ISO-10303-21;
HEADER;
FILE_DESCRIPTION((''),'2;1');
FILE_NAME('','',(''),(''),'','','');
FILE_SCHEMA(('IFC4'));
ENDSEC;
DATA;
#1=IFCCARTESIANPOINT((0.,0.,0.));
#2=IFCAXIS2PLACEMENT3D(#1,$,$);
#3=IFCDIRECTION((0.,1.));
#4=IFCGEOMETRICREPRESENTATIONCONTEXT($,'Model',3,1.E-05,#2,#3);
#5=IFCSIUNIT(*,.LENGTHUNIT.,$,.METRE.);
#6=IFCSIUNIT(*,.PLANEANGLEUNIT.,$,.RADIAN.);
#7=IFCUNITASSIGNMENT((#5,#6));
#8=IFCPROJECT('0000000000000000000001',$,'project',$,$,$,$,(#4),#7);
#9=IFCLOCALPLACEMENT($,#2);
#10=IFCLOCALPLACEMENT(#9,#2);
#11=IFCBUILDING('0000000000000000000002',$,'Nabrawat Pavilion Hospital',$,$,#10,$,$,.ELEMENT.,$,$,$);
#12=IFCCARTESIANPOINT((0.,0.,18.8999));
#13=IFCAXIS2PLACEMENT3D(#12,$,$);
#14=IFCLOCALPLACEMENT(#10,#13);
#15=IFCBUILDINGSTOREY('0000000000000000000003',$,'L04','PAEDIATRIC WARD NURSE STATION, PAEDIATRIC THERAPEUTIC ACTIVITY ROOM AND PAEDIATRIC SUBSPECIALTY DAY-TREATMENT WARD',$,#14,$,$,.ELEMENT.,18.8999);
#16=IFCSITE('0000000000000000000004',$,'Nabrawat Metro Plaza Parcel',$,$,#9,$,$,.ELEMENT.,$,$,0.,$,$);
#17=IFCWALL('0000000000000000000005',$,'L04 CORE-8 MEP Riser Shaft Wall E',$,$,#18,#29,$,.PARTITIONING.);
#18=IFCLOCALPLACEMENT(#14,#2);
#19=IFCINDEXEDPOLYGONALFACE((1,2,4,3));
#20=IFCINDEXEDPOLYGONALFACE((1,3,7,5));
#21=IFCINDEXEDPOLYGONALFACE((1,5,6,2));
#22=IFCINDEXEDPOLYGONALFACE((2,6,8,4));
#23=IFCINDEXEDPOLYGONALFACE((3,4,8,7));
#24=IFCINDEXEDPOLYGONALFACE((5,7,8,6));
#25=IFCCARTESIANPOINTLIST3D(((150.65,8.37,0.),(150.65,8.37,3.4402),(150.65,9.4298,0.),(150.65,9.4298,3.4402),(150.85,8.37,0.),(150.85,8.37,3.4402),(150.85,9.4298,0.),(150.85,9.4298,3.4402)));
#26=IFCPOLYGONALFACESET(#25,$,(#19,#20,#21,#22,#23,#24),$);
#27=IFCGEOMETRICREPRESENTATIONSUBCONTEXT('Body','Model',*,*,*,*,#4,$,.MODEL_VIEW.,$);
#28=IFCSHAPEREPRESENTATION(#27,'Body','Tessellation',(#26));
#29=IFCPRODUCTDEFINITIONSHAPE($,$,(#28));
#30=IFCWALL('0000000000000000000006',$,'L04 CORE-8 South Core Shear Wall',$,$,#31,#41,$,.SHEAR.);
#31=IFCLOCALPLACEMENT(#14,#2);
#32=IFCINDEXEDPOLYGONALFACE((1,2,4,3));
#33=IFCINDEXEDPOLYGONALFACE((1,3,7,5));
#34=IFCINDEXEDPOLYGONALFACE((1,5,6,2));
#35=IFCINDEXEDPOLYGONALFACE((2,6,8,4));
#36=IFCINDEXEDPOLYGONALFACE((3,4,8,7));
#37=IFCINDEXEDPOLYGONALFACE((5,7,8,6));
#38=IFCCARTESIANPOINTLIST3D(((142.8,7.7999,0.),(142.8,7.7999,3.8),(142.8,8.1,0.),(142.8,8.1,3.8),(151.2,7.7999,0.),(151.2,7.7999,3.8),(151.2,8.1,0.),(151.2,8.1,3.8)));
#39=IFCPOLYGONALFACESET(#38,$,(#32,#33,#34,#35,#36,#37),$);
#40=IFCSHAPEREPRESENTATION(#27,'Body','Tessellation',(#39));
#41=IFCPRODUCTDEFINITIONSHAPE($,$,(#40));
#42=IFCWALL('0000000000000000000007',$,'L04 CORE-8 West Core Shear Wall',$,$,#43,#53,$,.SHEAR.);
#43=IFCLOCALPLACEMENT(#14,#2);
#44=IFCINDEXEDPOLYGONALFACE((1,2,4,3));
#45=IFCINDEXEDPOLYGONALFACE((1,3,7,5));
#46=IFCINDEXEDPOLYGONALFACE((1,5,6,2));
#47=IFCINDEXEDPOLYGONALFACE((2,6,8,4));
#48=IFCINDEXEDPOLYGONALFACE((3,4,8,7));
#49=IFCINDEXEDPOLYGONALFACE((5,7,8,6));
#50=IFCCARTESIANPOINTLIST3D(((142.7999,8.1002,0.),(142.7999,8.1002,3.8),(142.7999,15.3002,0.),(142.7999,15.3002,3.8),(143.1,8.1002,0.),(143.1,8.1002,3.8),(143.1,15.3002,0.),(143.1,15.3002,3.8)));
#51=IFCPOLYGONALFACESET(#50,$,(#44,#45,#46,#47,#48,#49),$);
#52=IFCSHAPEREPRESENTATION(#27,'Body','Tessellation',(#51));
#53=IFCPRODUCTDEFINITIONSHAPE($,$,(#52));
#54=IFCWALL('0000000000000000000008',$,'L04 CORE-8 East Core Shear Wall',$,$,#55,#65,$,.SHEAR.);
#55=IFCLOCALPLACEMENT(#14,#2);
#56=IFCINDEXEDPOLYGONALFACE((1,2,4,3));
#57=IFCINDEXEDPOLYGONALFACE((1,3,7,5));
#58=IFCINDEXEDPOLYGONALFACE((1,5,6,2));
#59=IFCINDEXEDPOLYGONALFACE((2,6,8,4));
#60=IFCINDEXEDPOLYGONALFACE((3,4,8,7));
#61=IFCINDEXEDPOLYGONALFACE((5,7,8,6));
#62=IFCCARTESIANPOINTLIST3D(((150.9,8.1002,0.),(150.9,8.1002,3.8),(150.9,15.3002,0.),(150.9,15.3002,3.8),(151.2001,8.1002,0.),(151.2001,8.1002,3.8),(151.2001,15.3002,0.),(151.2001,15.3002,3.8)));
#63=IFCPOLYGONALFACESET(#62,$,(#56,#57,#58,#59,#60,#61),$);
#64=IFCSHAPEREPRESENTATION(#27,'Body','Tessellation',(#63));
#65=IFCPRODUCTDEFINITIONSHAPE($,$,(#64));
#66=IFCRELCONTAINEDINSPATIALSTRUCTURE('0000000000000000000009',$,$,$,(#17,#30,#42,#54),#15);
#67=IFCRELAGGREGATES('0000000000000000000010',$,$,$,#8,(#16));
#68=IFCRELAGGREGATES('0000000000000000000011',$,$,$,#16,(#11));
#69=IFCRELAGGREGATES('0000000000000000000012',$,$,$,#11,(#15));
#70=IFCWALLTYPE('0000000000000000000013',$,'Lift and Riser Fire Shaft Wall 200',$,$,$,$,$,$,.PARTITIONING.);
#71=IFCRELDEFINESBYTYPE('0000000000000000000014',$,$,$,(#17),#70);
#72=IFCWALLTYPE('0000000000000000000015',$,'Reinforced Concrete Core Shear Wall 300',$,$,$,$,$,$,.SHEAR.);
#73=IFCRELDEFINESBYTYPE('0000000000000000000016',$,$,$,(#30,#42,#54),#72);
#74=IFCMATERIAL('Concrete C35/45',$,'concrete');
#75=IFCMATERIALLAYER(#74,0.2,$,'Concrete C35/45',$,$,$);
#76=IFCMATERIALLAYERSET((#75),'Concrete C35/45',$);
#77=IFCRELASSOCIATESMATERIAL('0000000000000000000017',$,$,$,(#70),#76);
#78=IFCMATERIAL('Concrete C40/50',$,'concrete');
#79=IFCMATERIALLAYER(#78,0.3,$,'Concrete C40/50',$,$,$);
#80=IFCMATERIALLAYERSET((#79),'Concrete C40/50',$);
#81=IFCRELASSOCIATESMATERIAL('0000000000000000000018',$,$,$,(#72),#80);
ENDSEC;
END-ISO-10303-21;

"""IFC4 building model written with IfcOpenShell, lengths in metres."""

from ifc_helpers import new_model, si_unit, direction, frame, frame_2d, origin, place, context, subcontext, project, spatial, rectangle, extrude, material, layer, layer_set, type_object, element, save


model = new_model("IFC4")

# Units and contexts
model_context = context("Model", 3, precision=1e-05, world=origin(), true_north=direction((0.0, 1.0)))
body_context = subcontext(model_context, "Body", "Model", "MODEL_VIEW")
ifc_project = project(units=[si_unit("LENGTHUNIT", "METRE"), si_unit("PLANEANGLEUNIT", "RADIAN")], contexts=[model_context])

# Site, building, storey
site_placement = place(None, origin())
site = spatial("IfcSite", under=ifc_project, at=site_placement, Name="Nabrawat Metro Plaza Parcel", CompositionType="ELEMENT", RefElevation=0.0)
building_placement = place(site_placement, origin())
building = spatial("IfcBuilding", under=site, at=building_placement, Name="Nabrawat Pavilion Hospital", CompositionType="ELEMENT")
storey_placement = place(building_placement, frame((0.0, 0.0, 18.8999)))
storey = spatial("IfcBuildingStorey", under=building, at=storey_placement, Name="L04", Description="PAEDIATRIC WARD NURSE STATION, PAEDIATRIC THERAPEUTIC ACTIVITY ROOM AND PAEDIATRIC SUBSPECIALTY DAY-TREATMENT WARD", CompositionType="ELEMENT", Elevation=18.8999)

# Shared definitions
ifc_material_1 = material(Name="Concrete C40/50", Category="concrete")

# Walls
ifc_material_2 = material(Name="Concrete C35/45", Category="concrete")
ifc_layer_1 = layer(ifc_material_2, 0.2, Name="Concrete C35/45")
ifc_layer_set_1 = layer_set([ifc_layer_1], Name="Concrete C35/45")
wall_type_1 = type_object("IfcWallType", Name="Lift and Riser Fire Shaft Wall 200", PredefinedType="PARTITIONING", material=ifc_layer_set_1)
for number, where, z_axis, x_axis, name in (
    (1, (150.75, 8.3701, 0.0), (0.0, 0.0, 1.0), (0.0, 1.0, 0.0), "L04 CORE-8 MEP Riser Shaft Wall E"),
):
    element("IfcWall", number, at=place(storey_placement, frame(where, z_axis=z_axis, x_axis=x_axis)), inside=storey, type_object=wall_type_1, Name=name, PredefinedType="PARTITIONING", context=body_context, shape_type="SweptSolid", body=[
        extrude(rectangle(XDim=1.0598, YDim=0.2, at=frame_2d((0.5298, 0.0))), origin(), (0.0, 0.0, 1.0), 3.4402),
    ])
ifc_layer_2 = layer(ifc_material_1, 0.3, Name="Concrete C40/50")
ifc_layer_set_2 = layer_set([ifc_layer_2], Name="Concrete C40/50")
wall_type_2 = type_object("IfcWallType", Name="Reinforced Concrete Core Shear Wall 300", PredefinedType="SHEAR", material=ifc_layer_set_2)
wall_1_placement = place(storey_placement, frame((142.8, 7.95, 0.0), z_axis=(0.0, 0.0, 1.0), x_axis=(1.0, 0.0, 0.0)))
element("IfcWall", 2, at=wall_1_placement, inside=storey, type_object=wall_type_2, Name="L04 CORE-8 South Core Shear Wall", PredefinedType="SHEAR", context=body_context, shape_type="SweptSolid", body=[
    extrude(rectangle(XDim=8.3999, YDim=0.3, at=frame_2d((4.2, 0.0))), origin(), (0.0, 0.0, 1.0), 3.8),
])
for number, where, z_axis, x_axis, name in (
    (3, (142.95, 8.1001, 0.0), (0.0, 0.0, 1.0), (0.0, 1.0, 0.0), "L04 CORE-8 West Core Shear Wall"),
    (4, (151.05, 8.1001, 0.0), (0.0, 0.0, 1.0), (0.0, 1.0, 0.0), "L04 CORE-8 East Core Shear Wall"),
):
    element("IfcWall", number, at=place(storey_placement, frame(where, z_axis=z_axis, x_axis=x_axis)), inside=storey, type_object=wall_type_2, Name=name, PredefinedType="SHEAR", context=body_context, shape_type="SweptSolid", body=[
        extrude(rectangle(XDim=7.2, YDim=0.3, at=frame_2d((3.6001, 0.0))), origin(), (0.0, 0.0, 1.0), 3.8),
    ])

save(model, "model.ifc")
